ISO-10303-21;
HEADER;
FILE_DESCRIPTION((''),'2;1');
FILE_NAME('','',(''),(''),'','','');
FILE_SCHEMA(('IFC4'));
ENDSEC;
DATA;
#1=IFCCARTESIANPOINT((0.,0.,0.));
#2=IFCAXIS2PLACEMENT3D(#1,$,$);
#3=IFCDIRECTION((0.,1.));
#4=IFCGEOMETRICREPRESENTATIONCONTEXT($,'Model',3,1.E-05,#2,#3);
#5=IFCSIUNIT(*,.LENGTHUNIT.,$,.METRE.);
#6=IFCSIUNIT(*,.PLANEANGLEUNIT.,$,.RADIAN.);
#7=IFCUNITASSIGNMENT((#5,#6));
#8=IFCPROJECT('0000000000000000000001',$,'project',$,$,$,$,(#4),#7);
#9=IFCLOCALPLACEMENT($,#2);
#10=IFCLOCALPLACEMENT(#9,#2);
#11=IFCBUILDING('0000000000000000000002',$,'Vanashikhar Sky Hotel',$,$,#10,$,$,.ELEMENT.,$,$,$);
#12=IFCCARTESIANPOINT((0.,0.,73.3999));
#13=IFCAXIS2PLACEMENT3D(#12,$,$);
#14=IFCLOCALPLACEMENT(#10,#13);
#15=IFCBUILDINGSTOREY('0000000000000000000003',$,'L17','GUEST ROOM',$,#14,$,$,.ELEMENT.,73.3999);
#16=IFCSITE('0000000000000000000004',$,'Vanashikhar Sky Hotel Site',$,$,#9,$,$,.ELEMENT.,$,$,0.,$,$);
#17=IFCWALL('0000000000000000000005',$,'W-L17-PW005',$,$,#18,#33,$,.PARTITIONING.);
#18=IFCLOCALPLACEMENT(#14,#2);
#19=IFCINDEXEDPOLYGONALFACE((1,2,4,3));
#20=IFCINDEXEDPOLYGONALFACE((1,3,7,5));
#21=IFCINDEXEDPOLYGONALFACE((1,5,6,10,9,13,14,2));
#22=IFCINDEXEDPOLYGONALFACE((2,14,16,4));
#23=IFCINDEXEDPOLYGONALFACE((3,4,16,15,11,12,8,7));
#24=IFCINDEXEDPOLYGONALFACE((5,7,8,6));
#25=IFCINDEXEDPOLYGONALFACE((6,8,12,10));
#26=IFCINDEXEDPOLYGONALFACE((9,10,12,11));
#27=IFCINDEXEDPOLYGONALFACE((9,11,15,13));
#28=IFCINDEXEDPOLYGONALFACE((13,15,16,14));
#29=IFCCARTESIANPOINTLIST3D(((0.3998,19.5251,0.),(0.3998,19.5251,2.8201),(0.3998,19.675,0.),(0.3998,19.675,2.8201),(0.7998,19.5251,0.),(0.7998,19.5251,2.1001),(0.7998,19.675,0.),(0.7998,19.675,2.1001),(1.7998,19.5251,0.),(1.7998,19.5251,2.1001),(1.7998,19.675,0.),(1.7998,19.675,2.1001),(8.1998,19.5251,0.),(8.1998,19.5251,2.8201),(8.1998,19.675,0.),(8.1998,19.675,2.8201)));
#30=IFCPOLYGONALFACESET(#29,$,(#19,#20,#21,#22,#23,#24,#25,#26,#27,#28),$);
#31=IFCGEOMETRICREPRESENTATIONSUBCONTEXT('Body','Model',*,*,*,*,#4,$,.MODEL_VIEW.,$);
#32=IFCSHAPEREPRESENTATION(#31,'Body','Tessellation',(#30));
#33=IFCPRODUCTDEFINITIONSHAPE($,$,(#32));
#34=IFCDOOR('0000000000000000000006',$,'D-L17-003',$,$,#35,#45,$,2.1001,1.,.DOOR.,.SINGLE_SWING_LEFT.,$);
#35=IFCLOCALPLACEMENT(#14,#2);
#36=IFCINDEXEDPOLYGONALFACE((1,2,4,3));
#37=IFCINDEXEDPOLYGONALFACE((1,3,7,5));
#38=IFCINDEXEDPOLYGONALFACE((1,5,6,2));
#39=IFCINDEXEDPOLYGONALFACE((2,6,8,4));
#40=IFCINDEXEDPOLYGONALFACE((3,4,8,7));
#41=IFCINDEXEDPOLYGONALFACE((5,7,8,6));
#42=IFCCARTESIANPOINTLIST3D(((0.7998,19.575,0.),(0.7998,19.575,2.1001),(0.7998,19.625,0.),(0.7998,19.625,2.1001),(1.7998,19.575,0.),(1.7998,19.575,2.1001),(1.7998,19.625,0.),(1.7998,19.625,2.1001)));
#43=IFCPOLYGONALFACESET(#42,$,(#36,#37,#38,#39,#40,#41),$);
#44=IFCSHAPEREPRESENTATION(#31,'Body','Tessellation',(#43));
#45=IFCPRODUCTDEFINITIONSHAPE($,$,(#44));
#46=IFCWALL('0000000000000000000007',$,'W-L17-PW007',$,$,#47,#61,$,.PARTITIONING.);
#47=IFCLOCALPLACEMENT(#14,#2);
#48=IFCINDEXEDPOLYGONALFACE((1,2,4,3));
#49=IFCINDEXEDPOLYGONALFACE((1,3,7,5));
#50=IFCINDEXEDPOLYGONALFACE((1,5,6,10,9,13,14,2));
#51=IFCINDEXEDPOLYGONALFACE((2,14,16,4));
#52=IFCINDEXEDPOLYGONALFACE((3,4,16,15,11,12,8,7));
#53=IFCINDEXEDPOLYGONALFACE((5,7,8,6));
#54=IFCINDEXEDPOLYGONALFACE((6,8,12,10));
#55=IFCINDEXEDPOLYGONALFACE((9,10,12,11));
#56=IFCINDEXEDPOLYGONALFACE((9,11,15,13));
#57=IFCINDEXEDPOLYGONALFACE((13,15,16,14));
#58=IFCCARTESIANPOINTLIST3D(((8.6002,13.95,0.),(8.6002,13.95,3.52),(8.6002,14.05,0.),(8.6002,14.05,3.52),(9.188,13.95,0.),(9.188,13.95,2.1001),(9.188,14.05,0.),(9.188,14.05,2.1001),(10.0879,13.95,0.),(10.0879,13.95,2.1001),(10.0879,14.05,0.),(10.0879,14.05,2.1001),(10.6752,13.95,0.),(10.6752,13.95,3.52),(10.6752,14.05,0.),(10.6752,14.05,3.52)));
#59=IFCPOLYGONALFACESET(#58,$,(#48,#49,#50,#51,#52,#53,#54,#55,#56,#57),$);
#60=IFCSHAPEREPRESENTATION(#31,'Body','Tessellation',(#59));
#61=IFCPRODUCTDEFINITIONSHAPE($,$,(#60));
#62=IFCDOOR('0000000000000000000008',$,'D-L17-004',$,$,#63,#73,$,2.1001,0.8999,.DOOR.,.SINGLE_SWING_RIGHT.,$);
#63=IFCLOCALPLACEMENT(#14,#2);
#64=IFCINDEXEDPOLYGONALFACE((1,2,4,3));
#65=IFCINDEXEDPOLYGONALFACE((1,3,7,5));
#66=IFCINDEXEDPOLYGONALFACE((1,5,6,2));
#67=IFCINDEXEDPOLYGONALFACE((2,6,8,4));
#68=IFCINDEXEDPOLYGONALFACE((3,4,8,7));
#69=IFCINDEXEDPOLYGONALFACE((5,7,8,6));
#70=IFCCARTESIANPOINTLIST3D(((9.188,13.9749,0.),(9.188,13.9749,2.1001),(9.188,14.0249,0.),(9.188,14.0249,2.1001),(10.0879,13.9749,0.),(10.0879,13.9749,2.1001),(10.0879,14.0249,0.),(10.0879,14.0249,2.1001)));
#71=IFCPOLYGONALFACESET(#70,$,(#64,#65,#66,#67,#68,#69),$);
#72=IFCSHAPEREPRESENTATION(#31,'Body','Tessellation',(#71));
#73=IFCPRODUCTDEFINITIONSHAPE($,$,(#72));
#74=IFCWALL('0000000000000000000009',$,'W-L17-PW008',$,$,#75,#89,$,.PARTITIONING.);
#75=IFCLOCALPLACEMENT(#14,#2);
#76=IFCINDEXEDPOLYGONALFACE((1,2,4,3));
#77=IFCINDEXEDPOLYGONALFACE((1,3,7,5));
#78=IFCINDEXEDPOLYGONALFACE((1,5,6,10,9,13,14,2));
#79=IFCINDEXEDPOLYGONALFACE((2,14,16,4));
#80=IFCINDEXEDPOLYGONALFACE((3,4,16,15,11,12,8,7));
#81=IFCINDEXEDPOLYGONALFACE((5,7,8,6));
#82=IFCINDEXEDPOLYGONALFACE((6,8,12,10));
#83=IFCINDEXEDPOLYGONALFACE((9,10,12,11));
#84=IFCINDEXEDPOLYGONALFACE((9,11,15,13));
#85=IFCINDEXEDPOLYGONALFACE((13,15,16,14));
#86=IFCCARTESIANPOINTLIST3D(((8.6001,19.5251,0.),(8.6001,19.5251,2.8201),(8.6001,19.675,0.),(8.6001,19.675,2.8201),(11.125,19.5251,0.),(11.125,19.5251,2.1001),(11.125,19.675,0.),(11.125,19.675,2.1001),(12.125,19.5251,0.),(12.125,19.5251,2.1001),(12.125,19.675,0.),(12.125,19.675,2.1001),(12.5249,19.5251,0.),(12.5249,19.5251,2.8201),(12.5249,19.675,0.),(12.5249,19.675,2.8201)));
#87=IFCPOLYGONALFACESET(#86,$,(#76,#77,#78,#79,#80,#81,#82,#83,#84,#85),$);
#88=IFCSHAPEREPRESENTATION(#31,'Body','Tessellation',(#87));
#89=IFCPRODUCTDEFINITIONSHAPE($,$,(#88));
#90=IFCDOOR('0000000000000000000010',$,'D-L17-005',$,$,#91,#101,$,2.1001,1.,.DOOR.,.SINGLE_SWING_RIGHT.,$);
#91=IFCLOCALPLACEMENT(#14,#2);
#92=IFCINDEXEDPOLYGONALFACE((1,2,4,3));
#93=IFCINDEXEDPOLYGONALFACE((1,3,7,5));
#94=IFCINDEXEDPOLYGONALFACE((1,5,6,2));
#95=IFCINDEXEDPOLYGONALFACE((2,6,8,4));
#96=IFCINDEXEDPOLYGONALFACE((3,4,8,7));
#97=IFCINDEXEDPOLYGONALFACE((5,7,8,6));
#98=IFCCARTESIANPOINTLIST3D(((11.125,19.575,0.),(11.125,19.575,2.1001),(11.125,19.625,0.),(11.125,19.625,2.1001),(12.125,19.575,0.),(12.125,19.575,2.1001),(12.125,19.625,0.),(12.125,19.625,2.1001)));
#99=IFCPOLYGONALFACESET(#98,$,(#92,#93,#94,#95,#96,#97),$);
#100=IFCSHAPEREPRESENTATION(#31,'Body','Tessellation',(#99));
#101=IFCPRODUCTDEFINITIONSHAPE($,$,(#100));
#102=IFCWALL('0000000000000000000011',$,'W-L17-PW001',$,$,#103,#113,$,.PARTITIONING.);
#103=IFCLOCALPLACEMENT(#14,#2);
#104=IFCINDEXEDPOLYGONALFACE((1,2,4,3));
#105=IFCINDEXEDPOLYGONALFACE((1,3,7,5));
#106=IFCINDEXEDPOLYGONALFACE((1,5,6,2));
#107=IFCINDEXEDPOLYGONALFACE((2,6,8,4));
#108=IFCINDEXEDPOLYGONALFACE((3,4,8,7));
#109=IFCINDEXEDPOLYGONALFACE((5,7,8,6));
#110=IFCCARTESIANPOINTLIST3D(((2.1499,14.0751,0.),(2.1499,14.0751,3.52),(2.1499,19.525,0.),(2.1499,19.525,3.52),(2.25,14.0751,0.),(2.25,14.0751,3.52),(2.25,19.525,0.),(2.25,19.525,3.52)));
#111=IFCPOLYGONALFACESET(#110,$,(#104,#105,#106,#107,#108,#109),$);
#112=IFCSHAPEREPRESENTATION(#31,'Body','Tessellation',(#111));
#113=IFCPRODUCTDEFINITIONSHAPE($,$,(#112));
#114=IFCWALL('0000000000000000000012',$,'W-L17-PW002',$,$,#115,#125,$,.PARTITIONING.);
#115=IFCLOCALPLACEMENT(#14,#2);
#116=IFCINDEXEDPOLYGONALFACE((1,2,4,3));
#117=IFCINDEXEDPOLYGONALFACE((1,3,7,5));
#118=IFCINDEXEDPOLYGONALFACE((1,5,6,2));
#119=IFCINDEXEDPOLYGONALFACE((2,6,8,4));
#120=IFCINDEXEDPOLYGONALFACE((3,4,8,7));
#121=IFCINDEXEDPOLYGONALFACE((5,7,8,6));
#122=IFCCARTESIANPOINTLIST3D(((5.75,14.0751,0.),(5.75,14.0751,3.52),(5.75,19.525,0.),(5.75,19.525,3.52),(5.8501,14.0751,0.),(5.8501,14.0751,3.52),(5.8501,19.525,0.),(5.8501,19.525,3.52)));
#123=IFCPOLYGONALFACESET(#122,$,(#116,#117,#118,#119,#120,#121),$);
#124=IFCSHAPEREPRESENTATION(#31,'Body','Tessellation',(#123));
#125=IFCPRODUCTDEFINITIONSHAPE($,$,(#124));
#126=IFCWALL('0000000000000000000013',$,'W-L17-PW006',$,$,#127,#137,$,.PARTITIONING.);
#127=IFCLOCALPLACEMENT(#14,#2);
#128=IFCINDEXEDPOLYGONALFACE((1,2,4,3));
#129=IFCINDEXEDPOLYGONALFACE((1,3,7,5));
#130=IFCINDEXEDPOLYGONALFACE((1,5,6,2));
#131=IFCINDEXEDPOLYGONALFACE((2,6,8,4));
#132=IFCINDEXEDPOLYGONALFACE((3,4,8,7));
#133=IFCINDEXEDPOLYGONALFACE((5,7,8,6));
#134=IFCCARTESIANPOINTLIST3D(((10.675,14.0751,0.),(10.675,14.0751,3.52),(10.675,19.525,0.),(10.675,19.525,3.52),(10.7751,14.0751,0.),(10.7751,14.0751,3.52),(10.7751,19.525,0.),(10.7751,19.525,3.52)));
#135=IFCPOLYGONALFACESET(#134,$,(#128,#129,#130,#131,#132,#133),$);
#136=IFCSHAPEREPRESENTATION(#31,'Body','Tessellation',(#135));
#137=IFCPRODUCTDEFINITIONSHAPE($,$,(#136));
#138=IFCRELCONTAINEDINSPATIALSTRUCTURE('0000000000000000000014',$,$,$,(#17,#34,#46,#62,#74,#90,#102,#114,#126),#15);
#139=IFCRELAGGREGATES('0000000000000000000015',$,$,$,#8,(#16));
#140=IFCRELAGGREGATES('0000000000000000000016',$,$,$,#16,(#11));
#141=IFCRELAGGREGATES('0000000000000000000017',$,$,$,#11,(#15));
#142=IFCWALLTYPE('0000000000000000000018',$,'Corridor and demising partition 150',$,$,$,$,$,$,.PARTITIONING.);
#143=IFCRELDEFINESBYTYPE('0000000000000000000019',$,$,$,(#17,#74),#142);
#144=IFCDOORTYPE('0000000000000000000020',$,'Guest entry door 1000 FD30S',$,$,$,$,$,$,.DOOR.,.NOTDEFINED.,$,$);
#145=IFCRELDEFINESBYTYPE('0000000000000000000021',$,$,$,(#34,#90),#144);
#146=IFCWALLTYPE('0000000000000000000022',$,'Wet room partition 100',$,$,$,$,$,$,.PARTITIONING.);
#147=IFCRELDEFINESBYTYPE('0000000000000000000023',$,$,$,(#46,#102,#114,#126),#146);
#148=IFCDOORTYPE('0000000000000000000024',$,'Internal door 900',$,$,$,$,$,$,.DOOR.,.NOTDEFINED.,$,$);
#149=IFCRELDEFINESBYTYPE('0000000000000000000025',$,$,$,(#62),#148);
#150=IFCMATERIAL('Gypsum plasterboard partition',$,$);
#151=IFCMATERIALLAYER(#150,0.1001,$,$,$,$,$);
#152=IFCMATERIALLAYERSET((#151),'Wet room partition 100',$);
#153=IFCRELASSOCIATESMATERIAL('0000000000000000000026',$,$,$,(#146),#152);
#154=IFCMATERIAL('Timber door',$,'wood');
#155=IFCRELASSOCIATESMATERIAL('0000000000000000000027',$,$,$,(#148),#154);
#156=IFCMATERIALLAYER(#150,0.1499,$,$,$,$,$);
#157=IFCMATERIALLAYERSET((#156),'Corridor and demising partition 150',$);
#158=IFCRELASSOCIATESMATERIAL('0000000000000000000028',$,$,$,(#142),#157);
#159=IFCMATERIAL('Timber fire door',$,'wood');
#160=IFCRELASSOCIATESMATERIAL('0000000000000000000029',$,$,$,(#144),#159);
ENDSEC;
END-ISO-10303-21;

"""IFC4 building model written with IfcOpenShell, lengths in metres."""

from ifc_helpers import new_model, si_unit, direction, frame, frame_2d, origin, place, context, subcontext, project, spatial, rectangle, extrude, source, transform, mapped, material, layer, layer_set, type_object, element, fill, save


model = new_model("IFC4")

# Units and contexts
model_context = context("Model", 3, precision=1e-05, world=origin(), true_north=direction((0.0, 1.0)))
body_context = subcontext(model_context, "Body", "Model", "MODEL_VIEW")
ifc_project = project(units=[si_unit("LENGTHUNIT", "METRE"), si_unit("PLANEANGLEUNIT", "RADIAN")], contexts=[model_context])

# Site, building, storey
site_placement = place(None, origin())
site = spatial("IfcSite", under=ifc_project, at=site_placement, Name="Vanashikhar Sky Hotel Site", CompositionType="ELEMENT", RefElevation=0.0)
building_placement = place(site_placement, origin())
building = spatial("IfcBuilding", under=site, at=building_placement, Name="Vanashikhar Sky Hotel", CompositionType="ELEMENT")
storey_placement = place(building_placement, frame((0.0, 0.0, 73.3999)))
storey = spatial("IfcBuildingStorey", under=building, at=storey_placement, Name="L17", Description="GUEST ROOM", CompositionType="ELEMENT", Elevation=73.3999)

# Walls, openings, doors
ifc_material_1 = material(Name="Gypsum plasterboard partition")
ifc_layer_1 = layer(ifc_material_1, 0.1001)
ifc_layer_set_1 = layer_set([ifc_layer_1], Name="Wet room partition 100")
wall_type_1 = type_object("IfcWallType", Name="Wet room partition 100", PredefinedType="PARTITIONING", material=ifc_layer_set_1)
shared_shape_1 = source(origin(), body_context, "Body", "SweptSolid", [
    extrude(rectangle(XDim=0.8999, YDim=2.1001, at=frame_2d((0.45, 1.05))), frame((0.0, 0.0601, 0.0), z_axis=(0.0, -1.0, 0.0), x_axis=(1.0, 0.0, 0.0)), (0.0, 0.0, 1.0), 0.1201),
])
ifc_material_2 = material(Name="Timber door", Category="wood")
door_type_1 = type_object("IfcDoorType", Name="Internal door 900", OperationType="NOTDEFINED", PredefinedType="DOOR", material=ifc_material_2)
shared_shape_2 = source(origin(), body_context, "Body", "SweptSolid", [
    extrude(rectangle(XDim=0.8999, YDim=2.1001, at=frame_2d((0.45, 1.05))), frame((0.0, 0.0249, 0.0), z_axis=(0.0, -1.0, 0.0), x_axis=(1.0, 0.0, 0.0)), (0.0, 0.0, 1.0), 0.05),
])
ifc_layer_2 = layer(ifc_material_1, 0.1499)
ifc_layer_set_2 = layer_set([ifc_layer_2], Name="Corridor and demising partition 150")
wall_type_2 = type_object("IfcWallType", Name="Corridor and demising partition 150", PredefinedType="PARTITIONING", material=ifc_layer_set_2)
shared_shape_3 = source(origin(), body_context, "Body", "SweptSolid", [
    extrude(rectangle(XDim=7.8, YDim=0.1499, at=frame_2d((3.8999, 0.0))), origin(), (0.0, 0.0, 1.0), 2.8201),
])
wall_1_placement = place(storey_placement, frame((0.3999, 19.6001, 0.0), z_axis=(0.0, 0.0, 1.0), x_axis=(1.0, 0.0, 0.0)))
wall_1 = element("IfcWall", 1, at=wall_1_placement, inside=storey, type_object=wall_type_2, Name="W-L17-PW005", PredefinedType="PARTITIONING", context=body_context, shape_type="MappedRepresentation", body=[
    mapped(shared_shape_3, transform((0.0, 0.0, 0.0), scale=1.0)),
])
shared_shape_4 = source(origin(), body_context, "Body", "SweptSolid", [
    extrude(rectangle(XDim=1.0, YDim=2.1001, at=frame_2d((0.5, 1.05))), frame((0.0, 0.085, 0.0), z_axis=(0.0, -1.0, 0.0), x_axis=(1.0, 0.0, 0.0)), (0.0, 0.0, 1.0), 0.1699),
])
opening_1_placement = place(wall_1_placement, frame((0.3999, 0.0, 0.0)))
opening_1 = element("IfcOpeningElement", 2, at=opening_1_placement, cuts=wall_1, PredefinedType="OPENING", context=body_context, shape_type="MappedRepresentation", body=[
    mapped(shared_shape_4, transform((0.0, 0.0, 0.0), scale=1.0)),
])
ifc_material_3 = material(Name="Timber fire door", Category="wood")
door_type_2 = type_object("IfcDoorType", Name="Guest entry door 1000 FD30S", OperationType="NOTDEFINED", PredefinedType="DOOR", material=ifc_material_3)
shared_shape_5 = source(origin(), body_context, "Body", "SweptSolid", [
    extrude(rectangle(XDim=1.0, YDim=2.1001, at=frame_2d((0.5, 1.05))), frame((0.0, 0.0249, 0.0), z_axis=(0.0, -1.0, 0.0), x_axis=(1.0, 0.0, 0.0)), (0.0, 0.0, 1.0), 0.05),
])
door_1_placement = place(opening_1_placement, origin())
door_1 = element("IfcDoor", 3, at=door_1_placement, inside=storey, type_object=door_type_2, Name="D-L17-003", OperationType="SINGLE_SWING_LEFT", OverallHeight=2.1001, OverallWidth=1.0, PredefinedType="DOOR", context=body_context, shape_type="MappedRepresentation", body=[
    mapped(shared_shape_5, transform((0.0, 0.0, 0.0), scale=1.0)),
])
fill(opening_1, door_1)
shared_shape_6 = source(origin(), body_context, "Body", "SweptSolid", [
    extrude(rectangle(XDim=2.075, YDim=0.1001, at=frame_2d((1.0376, 0.0))), origin(), (0.0, 0.0, 1.0), 3.52),
])
wall_2_placement = place(storey_placement, frame((8.6001, 14.0, 0.0), z_axis=(0.0, 0.0, 1.0), x_axis=(1.0, 0.0, 0.0)))
wall_2 = element("IfcWall", 4, at=wall_2_placement, inside=storey, type_object=wall_type_1, Name="W-L17-PW007", PredefinedType="PARTITIONING", context=body_context, shape_type="MappedRepresentation", body=[
    mapped(shared_shape_6, transform((0.0, 0.0, 0.0), scale=1.0)),
])
opening_2_placement = place(wall_2_placement, frame((0.5879, 0.0, 0.0)))
opening_2 = element("IfcOpeningElement", 5, at=opening_2_placement, cuts=wall_2, PredefinedType="OPENING", context=body_context, shape_type="MappedRepresentation", body=[
    mapped(shared_shape_1, transform((0.0, 0.0, 0.0), scale=1.0)),
])
door_2_placement = place(opening_2_placement, origin())
door_2 = element("IfcDoor", 6, at=door_2_placement, inside=storey, type_object=door_type_1, Name="D-L17-004", OperationType="SINGLE_SWING_RIGHT", OverallHeight=2.1001, OverallWidth=0.8999, PredefinedType="DOOR", context=body_context, shape_type="MappedRepresentation", body=[
    mapped(shared_shape_2, transform((0.0, 0.0, 0.0), scale=1.0)),
])
fill(opening_2, door_2)
shared_shape_7 = source(origin(), body_context, "Body", "SweptSolid", [
    extrude(rectangle(XDim=3.9248, YDim=0.1499, at=frame_2d((1.9624, 0.0))), origin(), (0.0, 0.0, 1.0), 2.8201),
])
wall_3_placement = place(storey_placement, frame((8.6001, 19.6001, 0.0), z_axis=(0.0, 0.0, 1.0), x_axis=(1.0, 0.0, 0.0)))
wall_3 = element("IfcWall", 7, at=wall_3_placement, inside=storey, type_object=wall_type_2, Name="W-L17-PW008", PredefinedType="PARTITIONING", context=body_context, shape_type="MappedRepresentation", body=[
    mapped(shared_shape_7, transform((0.0, 0.0, 0.0), scale=1.0)),
])
opening_3_placement = place(wall_3_placement, frame((2.5249, 0.0, 0.0)))
opening_3 = element("IfcOpeningElement", 8, at=opening_3_placement, cuts=wall_3, PredefinedType="OPENING", context=body_context, shape_type="MappedRepresentation", body=[
    mapped(shared_shape_4, transform((0.0, 0.0, 0.0), scale=1.0)),
])
door_3_placement = place(opening_3_placement, origin())
door_3 = element("IfcDoor", 9, at=door_3_placement, inside=storey, type_object=door_type_2, Name="D-L17-005", OperationType="SINGLE_SWING_RIGHT", OverallHeight=2.1001, OverallWidth=1.0, PredefinedType="DOOR", context=body_context, shape_type="MappedRepresentation", body=[
    mapped(shared_shape_5, transform((0.0, 0.0, 0.0), scale=1.0)),
])
fill(opening_3, door_3)

# Walls
shared_shape_8 = source(origin(), body_context, "Body", "SweptSolid", [
    extrude(rectangle(XDim=5.45, YDim=0.1001, at=frame_2d((2.7251, 0.0))), origin(), (0.0, 0.0, 1.0), 3.52),
])
for number, where, z_axis, x_axis, name in (
    (10, (2.2, 14.075, 0.0), (0.0, 0.0, 1.0), (0.0, 1.0, 0.0), "W-L17-PW001"),
    (11, (5.8, 14.075, 0.0), (0.0, 0.0, 1.0), (0.0, 1.0, 0.0), "W-L17-PW002"),
    (12, (10.7251, 14.075, 0.0), (0.0, 0.0, 1.0), (0.0, 1.0, 0.0), "W-L17-PW006"),
):
    element("IfcWall", number, at=place(storey_placement, frame(where, z_axis=z_axis, x_axis=x_axis)), inside=storey, type_object=wall_type_1, Name=name, PredefinedType="PARTITIONING", context=body_context, shape_type="MappedRepresentation", body=[
        mapped(shared_shape_8, transform((0.0, 0.0, 0.0), scale=1.0)),
    ])

save(model, "model.ifc")
